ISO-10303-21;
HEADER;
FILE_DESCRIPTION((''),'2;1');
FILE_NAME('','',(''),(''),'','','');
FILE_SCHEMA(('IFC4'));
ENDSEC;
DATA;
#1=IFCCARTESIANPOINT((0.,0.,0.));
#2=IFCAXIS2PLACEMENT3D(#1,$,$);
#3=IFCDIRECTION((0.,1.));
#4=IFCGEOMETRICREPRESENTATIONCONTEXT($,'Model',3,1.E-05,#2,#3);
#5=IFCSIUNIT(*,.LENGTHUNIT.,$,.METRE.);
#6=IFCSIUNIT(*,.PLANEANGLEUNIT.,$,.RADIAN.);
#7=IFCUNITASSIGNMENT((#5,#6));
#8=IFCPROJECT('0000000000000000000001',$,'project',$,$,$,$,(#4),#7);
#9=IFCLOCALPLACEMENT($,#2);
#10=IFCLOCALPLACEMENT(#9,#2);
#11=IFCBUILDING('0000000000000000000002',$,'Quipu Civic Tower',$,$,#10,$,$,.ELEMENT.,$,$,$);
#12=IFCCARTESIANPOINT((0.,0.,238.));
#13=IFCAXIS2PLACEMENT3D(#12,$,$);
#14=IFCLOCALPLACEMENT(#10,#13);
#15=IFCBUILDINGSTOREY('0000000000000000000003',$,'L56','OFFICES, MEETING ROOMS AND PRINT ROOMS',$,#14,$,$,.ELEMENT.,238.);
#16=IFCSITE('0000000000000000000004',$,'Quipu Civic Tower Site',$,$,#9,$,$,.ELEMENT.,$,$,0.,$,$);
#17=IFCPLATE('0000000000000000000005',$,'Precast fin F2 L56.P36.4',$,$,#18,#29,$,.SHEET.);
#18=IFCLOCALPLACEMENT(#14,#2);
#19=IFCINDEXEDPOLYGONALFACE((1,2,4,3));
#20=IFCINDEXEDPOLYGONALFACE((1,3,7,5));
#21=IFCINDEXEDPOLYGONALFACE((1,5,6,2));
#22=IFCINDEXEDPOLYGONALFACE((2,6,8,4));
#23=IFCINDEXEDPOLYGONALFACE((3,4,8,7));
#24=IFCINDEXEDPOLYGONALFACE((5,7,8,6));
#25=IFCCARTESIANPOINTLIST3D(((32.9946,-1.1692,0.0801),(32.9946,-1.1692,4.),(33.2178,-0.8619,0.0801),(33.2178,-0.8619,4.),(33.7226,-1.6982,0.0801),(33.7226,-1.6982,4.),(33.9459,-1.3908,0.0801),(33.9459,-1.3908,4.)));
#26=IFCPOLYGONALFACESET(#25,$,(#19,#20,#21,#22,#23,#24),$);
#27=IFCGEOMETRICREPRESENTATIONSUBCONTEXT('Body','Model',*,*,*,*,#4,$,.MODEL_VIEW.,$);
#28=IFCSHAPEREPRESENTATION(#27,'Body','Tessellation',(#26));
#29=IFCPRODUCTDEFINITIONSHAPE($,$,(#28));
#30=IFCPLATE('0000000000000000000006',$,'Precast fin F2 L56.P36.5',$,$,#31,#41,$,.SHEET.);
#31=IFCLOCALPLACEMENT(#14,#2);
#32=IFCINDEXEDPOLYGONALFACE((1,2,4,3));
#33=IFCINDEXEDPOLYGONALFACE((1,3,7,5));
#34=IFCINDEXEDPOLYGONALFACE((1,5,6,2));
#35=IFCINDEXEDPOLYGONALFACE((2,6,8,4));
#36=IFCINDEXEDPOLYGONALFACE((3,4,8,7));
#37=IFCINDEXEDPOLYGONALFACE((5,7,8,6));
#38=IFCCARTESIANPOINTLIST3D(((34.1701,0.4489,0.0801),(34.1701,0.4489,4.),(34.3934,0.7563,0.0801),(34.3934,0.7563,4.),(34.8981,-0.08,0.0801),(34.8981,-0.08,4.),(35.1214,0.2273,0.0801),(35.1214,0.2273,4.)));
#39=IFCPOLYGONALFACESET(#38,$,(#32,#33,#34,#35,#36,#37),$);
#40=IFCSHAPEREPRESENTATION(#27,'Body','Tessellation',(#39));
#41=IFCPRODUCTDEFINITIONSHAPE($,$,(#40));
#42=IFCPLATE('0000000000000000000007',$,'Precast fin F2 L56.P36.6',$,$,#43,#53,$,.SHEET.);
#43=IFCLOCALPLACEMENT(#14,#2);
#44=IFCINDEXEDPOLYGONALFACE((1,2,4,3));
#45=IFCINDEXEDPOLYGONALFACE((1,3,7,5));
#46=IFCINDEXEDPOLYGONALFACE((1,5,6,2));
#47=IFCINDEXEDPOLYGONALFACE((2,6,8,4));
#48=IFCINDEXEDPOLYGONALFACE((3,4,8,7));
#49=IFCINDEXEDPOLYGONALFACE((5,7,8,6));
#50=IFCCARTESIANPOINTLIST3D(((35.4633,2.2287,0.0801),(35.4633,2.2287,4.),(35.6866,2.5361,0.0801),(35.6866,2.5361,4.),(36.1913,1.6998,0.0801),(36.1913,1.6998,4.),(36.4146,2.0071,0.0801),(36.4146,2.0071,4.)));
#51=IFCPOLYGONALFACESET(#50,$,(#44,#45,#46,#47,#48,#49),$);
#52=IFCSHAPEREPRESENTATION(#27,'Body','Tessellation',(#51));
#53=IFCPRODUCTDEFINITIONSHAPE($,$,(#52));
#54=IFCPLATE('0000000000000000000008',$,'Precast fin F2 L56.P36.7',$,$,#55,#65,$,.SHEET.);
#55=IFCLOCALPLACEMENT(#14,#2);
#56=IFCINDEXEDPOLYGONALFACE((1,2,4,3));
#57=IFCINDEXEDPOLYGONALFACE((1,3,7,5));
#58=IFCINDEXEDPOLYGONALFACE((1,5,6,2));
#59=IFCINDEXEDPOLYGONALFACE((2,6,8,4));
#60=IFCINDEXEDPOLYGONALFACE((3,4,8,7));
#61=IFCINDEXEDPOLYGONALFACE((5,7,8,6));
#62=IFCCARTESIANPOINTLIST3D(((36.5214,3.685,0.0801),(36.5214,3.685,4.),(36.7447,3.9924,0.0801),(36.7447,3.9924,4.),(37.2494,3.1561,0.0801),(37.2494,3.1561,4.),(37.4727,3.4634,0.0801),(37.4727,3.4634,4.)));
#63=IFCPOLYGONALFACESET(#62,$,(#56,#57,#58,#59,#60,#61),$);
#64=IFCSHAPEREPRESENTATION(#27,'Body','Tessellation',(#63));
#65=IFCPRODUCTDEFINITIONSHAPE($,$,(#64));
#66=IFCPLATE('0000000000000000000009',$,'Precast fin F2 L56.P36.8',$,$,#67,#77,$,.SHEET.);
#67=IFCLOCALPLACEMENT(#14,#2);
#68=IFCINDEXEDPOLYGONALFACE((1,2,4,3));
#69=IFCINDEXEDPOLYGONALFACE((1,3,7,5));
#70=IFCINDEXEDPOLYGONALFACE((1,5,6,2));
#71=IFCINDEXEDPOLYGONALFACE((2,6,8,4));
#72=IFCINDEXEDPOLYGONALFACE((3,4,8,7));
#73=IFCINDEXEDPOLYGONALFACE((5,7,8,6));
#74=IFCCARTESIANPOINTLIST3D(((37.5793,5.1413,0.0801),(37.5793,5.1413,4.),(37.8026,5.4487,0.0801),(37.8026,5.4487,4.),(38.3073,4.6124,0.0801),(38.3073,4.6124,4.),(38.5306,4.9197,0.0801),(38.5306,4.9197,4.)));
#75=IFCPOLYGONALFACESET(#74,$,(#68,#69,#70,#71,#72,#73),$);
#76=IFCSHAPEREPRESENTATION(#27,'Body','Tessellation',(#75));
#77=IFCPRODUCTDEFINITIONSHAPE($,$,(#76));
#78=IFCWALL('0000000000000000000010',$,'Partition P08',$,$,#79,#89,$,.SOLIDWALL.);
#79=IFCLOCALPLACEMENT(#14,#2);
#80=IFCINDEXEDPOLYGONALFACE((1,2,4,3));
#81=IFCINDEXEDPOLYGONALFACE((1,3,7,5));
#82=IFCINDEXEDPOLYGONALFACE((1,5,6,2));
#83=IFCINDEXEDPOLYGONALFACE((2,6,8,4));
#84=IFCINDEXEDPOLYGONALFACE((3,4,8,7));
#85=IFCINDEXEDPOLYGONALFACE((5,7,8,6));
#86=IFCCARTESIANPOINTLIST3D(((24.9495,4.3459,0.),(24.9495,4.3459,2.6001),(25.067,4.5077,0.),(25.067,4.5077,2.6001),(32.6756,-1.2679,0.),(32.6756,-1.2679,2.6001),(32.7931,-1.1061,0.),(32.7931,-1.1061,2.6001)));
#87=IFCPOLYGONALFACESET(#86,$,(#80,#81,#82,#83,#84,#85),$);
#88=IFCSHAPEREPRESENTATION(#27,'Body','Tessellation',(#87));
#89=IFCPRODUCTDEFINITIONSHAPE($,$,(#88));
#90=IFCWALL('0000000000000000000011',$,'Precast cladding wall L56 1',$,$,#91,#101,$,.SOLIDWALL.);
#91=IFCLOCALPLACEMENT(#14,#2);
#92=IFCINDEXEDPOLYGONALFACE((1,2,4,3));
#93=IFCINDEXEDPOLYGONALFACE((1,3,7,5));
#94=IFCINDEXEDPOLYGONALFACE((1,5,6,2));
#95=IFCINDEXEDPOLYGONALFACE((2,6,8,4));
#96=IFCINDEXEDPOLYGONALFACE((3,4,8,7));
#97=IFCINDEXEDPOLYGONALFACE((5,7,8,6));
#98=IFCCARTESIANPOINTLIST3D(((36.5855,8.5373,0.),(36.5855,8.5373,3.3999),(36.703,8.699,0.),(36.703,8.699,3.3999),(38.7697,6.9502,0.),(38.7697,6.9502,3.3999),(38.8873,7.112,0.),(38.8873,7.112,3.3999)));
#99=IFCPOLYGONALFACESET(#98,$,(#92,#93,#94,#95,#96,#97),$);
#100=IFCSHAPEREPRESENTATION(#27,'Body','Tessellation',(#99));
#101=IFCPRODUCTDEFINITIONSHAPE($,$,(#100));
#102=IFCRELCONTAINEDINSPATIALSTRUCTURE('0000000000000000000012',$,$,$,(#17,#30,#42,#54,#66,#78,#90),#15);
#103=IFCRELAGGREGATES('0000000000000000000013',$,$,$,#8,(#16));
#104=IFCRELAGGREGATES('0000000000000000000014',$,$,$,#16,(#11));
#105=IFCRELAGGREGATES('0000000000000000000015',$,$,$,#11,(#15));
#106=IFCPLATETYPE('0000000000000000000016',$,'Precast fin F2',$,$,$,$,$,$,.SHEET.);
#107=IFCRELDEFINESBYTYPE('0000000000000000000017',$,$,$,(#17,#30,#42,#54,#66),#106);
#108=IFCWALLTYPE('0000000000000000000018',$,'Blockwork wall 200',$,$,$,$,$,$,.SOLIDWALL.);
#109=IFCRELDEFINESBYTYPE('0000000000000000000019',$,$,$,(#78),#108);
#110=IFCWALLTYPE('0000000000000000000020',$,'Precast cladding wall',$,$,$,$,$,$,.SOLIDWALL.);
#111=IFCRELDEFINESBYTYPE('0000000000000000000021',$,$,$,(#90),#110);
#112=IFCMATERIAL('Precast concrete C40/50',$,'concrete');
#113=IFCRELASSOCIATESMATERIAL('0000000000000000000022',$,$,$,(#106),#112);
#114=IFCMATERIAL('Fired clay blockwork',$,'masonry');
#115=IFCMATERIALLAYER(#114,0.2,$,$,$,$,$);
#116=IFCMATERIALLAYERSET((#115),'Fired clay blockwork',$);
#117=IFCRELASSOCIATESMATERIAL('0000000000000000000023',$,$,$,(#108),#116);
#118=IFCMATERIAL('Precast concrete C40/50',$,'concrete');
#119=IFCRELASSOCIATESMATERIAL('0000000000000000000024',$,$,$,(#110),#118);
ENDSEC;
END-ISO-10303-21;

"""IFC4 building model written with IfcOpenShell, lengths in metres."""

from ifc_helpers import new_model, si_unit, direction, frame, frame_2d, origin, origin_2d, place, context, subcontext, project, spatial, rectangle, extrude, material, layer, layer_set, type_object, element, save


model = new_model("IFC4")

# Units and contexts
model_context = context("Model", 3, precision=1e-05, world=origin(), true_north=direction((0.0, 1.0)))
body_context = subcontext(model_context, "Body", "Model", "MODEL_VIEW")
ifc_project = project(units=[si_unit("LENGTHUNIT", "METRE"), si_unit("PLANEANGLEUNIT", "RADIAN")], contexts=[model_context])

# Site, building, storey
site_placement = place(None, origin())
site = spatial("IfcSite", under=ifc_project, at=site_placement, Name="Quipu Civic Tower Site", CompositionType="ELEMENT", RefElevation=0.0)
building_placement = place(site_placement, origin())
building = spatial("IfcBuilding", under=site, at=building_placement, Name="Quipu Civic Tower", CompositionType="ELEMENT")
storey_placement = place(building_placement, frame((0.0, 0.0, 238.0)))
storey = spatial("IfcBuildingStorey", under=building, at=storey_placement, Name="L56", Description="OFFICES, MEETING ROOMS AND PRINT ROOMS", CompositionType="ELEMENT", Elevation=238.0)

# Plates
ifc_material_1 = material(Name="Precast concrete C40/50", Category="concrete")
plate_type_1 = type_object("IfcPlateType", Name="Precast fin F2", PredefinedType="SHEET", material=ifc_material_1)
for number, where, z_axis, x_axis, name in (
    (1, (33.4702, -1.28, 0.0801), (0.0, 0.0, 1.0), (0.587787, 0.809016, 0.0), "Precast fin F2 L56.P36.4"),
    (2, (34.6458, 0.3381, 0.0801), (0.0, 0.0, 1.0), (0.587787, 0.809016, 0.0), "Precast fin F2 L56.P36.5"),
    (3, (35.939, 2.1179, 0.0801), (0.0, 0.0, 1.0), (0.587787, 0.809016, 0.0), "Precast fin F2 L56.P36.6"),
    (4, (36.9971, 3.5742, 0.0801), (0.0, 0.0, 1.0), (0.587787, 0.809016, 0.0), "Precast fin F2 L56.P36.7"),
    (5, (38.0549, 5.0305, 0.0801), (0.0, 0.0, 1.0), (0.587787, 0.809016, 0.0), "Precast fin F2 L56.P36.8"),
):
    element("IfcPlate", number, at=place(storey_placement, frame(where, z_axis=z_axis, x_axis=x_axis)), inside=storey, type_object=plate_type_1, Name=name, PredefinedType="SHEET", context=body_context, shape_type="SweptSolid", body=[
        extrude(rectangle(XDim=0.3799, YDim=0.8999, at=origin_2d()), origin(), (0.0, 0.0, 1.0), 3.9199),
    ])

# Walls
ifc_material_2 = material(Name="Fired clay blockwork", Category="masonry")
ifc_layer_1 = layer(ifc_material_2, 0.2)
ifc_layer_set_1 = layer_set([ifc_layer_1], Name="Fired clay blockwork")
wall_type_1 = type_object("IfcWallType", Name="Blockwork wall 200", PredefinedType="SOLIDWALL", material=ifc_layer_set_1)
wall_1_placement = place(storey_placement, frame((32.7344, -1.187, 0.0), z_axis=(0.0, 0.0, 1.0), x_axis=(-0.808995, 0.587816, 0.0)))
element("IfcWall", 6, at=wall_1_placement, inside=storey, type_object=wall_type_1, Name="Partition P08", PredefinedType="SOLIDWALL", context=body_context, shape_type="SweptSolid", body=[
    extrude(rectangle(XDim=9.5503, YDim=0.2, at=frame_2d((4.7751, 0.0))), origin(), (0.0, 0.0, 1.0), 2.6001),
])
ifc_material_3 = material(Name="Precast concrete C40/50", Category="concrete")
wall_type_2 = type_object("IfcWallType", Name="Precast cladding wall", PredefinedType="SOLIDWALL", material=ifc_material_3)
wall_2_placement = place(storey_placement, frame((38.8286, 7.031, 0.0), z_axis=(0.0, 0.0, 1.0), x_axis=(-0.80899, 0.587822, 0.0)))
element("IfcWall", 7, at=wall_2_placement, inside=storey, type_object=wall_type_2, Name="Precast cladding wall L56 1", PredefinedType="SOLIDWALL", context=body_context, shape_type="SweptSolid", body=[
    extrude(rectangle(XDim=2.7, YDim=0.2, at=frame_2d((1.3501, 0.0))), origin(), (0.0, 0.0, 1.0), 3.3999),
])

save(model, "model.ifc")
